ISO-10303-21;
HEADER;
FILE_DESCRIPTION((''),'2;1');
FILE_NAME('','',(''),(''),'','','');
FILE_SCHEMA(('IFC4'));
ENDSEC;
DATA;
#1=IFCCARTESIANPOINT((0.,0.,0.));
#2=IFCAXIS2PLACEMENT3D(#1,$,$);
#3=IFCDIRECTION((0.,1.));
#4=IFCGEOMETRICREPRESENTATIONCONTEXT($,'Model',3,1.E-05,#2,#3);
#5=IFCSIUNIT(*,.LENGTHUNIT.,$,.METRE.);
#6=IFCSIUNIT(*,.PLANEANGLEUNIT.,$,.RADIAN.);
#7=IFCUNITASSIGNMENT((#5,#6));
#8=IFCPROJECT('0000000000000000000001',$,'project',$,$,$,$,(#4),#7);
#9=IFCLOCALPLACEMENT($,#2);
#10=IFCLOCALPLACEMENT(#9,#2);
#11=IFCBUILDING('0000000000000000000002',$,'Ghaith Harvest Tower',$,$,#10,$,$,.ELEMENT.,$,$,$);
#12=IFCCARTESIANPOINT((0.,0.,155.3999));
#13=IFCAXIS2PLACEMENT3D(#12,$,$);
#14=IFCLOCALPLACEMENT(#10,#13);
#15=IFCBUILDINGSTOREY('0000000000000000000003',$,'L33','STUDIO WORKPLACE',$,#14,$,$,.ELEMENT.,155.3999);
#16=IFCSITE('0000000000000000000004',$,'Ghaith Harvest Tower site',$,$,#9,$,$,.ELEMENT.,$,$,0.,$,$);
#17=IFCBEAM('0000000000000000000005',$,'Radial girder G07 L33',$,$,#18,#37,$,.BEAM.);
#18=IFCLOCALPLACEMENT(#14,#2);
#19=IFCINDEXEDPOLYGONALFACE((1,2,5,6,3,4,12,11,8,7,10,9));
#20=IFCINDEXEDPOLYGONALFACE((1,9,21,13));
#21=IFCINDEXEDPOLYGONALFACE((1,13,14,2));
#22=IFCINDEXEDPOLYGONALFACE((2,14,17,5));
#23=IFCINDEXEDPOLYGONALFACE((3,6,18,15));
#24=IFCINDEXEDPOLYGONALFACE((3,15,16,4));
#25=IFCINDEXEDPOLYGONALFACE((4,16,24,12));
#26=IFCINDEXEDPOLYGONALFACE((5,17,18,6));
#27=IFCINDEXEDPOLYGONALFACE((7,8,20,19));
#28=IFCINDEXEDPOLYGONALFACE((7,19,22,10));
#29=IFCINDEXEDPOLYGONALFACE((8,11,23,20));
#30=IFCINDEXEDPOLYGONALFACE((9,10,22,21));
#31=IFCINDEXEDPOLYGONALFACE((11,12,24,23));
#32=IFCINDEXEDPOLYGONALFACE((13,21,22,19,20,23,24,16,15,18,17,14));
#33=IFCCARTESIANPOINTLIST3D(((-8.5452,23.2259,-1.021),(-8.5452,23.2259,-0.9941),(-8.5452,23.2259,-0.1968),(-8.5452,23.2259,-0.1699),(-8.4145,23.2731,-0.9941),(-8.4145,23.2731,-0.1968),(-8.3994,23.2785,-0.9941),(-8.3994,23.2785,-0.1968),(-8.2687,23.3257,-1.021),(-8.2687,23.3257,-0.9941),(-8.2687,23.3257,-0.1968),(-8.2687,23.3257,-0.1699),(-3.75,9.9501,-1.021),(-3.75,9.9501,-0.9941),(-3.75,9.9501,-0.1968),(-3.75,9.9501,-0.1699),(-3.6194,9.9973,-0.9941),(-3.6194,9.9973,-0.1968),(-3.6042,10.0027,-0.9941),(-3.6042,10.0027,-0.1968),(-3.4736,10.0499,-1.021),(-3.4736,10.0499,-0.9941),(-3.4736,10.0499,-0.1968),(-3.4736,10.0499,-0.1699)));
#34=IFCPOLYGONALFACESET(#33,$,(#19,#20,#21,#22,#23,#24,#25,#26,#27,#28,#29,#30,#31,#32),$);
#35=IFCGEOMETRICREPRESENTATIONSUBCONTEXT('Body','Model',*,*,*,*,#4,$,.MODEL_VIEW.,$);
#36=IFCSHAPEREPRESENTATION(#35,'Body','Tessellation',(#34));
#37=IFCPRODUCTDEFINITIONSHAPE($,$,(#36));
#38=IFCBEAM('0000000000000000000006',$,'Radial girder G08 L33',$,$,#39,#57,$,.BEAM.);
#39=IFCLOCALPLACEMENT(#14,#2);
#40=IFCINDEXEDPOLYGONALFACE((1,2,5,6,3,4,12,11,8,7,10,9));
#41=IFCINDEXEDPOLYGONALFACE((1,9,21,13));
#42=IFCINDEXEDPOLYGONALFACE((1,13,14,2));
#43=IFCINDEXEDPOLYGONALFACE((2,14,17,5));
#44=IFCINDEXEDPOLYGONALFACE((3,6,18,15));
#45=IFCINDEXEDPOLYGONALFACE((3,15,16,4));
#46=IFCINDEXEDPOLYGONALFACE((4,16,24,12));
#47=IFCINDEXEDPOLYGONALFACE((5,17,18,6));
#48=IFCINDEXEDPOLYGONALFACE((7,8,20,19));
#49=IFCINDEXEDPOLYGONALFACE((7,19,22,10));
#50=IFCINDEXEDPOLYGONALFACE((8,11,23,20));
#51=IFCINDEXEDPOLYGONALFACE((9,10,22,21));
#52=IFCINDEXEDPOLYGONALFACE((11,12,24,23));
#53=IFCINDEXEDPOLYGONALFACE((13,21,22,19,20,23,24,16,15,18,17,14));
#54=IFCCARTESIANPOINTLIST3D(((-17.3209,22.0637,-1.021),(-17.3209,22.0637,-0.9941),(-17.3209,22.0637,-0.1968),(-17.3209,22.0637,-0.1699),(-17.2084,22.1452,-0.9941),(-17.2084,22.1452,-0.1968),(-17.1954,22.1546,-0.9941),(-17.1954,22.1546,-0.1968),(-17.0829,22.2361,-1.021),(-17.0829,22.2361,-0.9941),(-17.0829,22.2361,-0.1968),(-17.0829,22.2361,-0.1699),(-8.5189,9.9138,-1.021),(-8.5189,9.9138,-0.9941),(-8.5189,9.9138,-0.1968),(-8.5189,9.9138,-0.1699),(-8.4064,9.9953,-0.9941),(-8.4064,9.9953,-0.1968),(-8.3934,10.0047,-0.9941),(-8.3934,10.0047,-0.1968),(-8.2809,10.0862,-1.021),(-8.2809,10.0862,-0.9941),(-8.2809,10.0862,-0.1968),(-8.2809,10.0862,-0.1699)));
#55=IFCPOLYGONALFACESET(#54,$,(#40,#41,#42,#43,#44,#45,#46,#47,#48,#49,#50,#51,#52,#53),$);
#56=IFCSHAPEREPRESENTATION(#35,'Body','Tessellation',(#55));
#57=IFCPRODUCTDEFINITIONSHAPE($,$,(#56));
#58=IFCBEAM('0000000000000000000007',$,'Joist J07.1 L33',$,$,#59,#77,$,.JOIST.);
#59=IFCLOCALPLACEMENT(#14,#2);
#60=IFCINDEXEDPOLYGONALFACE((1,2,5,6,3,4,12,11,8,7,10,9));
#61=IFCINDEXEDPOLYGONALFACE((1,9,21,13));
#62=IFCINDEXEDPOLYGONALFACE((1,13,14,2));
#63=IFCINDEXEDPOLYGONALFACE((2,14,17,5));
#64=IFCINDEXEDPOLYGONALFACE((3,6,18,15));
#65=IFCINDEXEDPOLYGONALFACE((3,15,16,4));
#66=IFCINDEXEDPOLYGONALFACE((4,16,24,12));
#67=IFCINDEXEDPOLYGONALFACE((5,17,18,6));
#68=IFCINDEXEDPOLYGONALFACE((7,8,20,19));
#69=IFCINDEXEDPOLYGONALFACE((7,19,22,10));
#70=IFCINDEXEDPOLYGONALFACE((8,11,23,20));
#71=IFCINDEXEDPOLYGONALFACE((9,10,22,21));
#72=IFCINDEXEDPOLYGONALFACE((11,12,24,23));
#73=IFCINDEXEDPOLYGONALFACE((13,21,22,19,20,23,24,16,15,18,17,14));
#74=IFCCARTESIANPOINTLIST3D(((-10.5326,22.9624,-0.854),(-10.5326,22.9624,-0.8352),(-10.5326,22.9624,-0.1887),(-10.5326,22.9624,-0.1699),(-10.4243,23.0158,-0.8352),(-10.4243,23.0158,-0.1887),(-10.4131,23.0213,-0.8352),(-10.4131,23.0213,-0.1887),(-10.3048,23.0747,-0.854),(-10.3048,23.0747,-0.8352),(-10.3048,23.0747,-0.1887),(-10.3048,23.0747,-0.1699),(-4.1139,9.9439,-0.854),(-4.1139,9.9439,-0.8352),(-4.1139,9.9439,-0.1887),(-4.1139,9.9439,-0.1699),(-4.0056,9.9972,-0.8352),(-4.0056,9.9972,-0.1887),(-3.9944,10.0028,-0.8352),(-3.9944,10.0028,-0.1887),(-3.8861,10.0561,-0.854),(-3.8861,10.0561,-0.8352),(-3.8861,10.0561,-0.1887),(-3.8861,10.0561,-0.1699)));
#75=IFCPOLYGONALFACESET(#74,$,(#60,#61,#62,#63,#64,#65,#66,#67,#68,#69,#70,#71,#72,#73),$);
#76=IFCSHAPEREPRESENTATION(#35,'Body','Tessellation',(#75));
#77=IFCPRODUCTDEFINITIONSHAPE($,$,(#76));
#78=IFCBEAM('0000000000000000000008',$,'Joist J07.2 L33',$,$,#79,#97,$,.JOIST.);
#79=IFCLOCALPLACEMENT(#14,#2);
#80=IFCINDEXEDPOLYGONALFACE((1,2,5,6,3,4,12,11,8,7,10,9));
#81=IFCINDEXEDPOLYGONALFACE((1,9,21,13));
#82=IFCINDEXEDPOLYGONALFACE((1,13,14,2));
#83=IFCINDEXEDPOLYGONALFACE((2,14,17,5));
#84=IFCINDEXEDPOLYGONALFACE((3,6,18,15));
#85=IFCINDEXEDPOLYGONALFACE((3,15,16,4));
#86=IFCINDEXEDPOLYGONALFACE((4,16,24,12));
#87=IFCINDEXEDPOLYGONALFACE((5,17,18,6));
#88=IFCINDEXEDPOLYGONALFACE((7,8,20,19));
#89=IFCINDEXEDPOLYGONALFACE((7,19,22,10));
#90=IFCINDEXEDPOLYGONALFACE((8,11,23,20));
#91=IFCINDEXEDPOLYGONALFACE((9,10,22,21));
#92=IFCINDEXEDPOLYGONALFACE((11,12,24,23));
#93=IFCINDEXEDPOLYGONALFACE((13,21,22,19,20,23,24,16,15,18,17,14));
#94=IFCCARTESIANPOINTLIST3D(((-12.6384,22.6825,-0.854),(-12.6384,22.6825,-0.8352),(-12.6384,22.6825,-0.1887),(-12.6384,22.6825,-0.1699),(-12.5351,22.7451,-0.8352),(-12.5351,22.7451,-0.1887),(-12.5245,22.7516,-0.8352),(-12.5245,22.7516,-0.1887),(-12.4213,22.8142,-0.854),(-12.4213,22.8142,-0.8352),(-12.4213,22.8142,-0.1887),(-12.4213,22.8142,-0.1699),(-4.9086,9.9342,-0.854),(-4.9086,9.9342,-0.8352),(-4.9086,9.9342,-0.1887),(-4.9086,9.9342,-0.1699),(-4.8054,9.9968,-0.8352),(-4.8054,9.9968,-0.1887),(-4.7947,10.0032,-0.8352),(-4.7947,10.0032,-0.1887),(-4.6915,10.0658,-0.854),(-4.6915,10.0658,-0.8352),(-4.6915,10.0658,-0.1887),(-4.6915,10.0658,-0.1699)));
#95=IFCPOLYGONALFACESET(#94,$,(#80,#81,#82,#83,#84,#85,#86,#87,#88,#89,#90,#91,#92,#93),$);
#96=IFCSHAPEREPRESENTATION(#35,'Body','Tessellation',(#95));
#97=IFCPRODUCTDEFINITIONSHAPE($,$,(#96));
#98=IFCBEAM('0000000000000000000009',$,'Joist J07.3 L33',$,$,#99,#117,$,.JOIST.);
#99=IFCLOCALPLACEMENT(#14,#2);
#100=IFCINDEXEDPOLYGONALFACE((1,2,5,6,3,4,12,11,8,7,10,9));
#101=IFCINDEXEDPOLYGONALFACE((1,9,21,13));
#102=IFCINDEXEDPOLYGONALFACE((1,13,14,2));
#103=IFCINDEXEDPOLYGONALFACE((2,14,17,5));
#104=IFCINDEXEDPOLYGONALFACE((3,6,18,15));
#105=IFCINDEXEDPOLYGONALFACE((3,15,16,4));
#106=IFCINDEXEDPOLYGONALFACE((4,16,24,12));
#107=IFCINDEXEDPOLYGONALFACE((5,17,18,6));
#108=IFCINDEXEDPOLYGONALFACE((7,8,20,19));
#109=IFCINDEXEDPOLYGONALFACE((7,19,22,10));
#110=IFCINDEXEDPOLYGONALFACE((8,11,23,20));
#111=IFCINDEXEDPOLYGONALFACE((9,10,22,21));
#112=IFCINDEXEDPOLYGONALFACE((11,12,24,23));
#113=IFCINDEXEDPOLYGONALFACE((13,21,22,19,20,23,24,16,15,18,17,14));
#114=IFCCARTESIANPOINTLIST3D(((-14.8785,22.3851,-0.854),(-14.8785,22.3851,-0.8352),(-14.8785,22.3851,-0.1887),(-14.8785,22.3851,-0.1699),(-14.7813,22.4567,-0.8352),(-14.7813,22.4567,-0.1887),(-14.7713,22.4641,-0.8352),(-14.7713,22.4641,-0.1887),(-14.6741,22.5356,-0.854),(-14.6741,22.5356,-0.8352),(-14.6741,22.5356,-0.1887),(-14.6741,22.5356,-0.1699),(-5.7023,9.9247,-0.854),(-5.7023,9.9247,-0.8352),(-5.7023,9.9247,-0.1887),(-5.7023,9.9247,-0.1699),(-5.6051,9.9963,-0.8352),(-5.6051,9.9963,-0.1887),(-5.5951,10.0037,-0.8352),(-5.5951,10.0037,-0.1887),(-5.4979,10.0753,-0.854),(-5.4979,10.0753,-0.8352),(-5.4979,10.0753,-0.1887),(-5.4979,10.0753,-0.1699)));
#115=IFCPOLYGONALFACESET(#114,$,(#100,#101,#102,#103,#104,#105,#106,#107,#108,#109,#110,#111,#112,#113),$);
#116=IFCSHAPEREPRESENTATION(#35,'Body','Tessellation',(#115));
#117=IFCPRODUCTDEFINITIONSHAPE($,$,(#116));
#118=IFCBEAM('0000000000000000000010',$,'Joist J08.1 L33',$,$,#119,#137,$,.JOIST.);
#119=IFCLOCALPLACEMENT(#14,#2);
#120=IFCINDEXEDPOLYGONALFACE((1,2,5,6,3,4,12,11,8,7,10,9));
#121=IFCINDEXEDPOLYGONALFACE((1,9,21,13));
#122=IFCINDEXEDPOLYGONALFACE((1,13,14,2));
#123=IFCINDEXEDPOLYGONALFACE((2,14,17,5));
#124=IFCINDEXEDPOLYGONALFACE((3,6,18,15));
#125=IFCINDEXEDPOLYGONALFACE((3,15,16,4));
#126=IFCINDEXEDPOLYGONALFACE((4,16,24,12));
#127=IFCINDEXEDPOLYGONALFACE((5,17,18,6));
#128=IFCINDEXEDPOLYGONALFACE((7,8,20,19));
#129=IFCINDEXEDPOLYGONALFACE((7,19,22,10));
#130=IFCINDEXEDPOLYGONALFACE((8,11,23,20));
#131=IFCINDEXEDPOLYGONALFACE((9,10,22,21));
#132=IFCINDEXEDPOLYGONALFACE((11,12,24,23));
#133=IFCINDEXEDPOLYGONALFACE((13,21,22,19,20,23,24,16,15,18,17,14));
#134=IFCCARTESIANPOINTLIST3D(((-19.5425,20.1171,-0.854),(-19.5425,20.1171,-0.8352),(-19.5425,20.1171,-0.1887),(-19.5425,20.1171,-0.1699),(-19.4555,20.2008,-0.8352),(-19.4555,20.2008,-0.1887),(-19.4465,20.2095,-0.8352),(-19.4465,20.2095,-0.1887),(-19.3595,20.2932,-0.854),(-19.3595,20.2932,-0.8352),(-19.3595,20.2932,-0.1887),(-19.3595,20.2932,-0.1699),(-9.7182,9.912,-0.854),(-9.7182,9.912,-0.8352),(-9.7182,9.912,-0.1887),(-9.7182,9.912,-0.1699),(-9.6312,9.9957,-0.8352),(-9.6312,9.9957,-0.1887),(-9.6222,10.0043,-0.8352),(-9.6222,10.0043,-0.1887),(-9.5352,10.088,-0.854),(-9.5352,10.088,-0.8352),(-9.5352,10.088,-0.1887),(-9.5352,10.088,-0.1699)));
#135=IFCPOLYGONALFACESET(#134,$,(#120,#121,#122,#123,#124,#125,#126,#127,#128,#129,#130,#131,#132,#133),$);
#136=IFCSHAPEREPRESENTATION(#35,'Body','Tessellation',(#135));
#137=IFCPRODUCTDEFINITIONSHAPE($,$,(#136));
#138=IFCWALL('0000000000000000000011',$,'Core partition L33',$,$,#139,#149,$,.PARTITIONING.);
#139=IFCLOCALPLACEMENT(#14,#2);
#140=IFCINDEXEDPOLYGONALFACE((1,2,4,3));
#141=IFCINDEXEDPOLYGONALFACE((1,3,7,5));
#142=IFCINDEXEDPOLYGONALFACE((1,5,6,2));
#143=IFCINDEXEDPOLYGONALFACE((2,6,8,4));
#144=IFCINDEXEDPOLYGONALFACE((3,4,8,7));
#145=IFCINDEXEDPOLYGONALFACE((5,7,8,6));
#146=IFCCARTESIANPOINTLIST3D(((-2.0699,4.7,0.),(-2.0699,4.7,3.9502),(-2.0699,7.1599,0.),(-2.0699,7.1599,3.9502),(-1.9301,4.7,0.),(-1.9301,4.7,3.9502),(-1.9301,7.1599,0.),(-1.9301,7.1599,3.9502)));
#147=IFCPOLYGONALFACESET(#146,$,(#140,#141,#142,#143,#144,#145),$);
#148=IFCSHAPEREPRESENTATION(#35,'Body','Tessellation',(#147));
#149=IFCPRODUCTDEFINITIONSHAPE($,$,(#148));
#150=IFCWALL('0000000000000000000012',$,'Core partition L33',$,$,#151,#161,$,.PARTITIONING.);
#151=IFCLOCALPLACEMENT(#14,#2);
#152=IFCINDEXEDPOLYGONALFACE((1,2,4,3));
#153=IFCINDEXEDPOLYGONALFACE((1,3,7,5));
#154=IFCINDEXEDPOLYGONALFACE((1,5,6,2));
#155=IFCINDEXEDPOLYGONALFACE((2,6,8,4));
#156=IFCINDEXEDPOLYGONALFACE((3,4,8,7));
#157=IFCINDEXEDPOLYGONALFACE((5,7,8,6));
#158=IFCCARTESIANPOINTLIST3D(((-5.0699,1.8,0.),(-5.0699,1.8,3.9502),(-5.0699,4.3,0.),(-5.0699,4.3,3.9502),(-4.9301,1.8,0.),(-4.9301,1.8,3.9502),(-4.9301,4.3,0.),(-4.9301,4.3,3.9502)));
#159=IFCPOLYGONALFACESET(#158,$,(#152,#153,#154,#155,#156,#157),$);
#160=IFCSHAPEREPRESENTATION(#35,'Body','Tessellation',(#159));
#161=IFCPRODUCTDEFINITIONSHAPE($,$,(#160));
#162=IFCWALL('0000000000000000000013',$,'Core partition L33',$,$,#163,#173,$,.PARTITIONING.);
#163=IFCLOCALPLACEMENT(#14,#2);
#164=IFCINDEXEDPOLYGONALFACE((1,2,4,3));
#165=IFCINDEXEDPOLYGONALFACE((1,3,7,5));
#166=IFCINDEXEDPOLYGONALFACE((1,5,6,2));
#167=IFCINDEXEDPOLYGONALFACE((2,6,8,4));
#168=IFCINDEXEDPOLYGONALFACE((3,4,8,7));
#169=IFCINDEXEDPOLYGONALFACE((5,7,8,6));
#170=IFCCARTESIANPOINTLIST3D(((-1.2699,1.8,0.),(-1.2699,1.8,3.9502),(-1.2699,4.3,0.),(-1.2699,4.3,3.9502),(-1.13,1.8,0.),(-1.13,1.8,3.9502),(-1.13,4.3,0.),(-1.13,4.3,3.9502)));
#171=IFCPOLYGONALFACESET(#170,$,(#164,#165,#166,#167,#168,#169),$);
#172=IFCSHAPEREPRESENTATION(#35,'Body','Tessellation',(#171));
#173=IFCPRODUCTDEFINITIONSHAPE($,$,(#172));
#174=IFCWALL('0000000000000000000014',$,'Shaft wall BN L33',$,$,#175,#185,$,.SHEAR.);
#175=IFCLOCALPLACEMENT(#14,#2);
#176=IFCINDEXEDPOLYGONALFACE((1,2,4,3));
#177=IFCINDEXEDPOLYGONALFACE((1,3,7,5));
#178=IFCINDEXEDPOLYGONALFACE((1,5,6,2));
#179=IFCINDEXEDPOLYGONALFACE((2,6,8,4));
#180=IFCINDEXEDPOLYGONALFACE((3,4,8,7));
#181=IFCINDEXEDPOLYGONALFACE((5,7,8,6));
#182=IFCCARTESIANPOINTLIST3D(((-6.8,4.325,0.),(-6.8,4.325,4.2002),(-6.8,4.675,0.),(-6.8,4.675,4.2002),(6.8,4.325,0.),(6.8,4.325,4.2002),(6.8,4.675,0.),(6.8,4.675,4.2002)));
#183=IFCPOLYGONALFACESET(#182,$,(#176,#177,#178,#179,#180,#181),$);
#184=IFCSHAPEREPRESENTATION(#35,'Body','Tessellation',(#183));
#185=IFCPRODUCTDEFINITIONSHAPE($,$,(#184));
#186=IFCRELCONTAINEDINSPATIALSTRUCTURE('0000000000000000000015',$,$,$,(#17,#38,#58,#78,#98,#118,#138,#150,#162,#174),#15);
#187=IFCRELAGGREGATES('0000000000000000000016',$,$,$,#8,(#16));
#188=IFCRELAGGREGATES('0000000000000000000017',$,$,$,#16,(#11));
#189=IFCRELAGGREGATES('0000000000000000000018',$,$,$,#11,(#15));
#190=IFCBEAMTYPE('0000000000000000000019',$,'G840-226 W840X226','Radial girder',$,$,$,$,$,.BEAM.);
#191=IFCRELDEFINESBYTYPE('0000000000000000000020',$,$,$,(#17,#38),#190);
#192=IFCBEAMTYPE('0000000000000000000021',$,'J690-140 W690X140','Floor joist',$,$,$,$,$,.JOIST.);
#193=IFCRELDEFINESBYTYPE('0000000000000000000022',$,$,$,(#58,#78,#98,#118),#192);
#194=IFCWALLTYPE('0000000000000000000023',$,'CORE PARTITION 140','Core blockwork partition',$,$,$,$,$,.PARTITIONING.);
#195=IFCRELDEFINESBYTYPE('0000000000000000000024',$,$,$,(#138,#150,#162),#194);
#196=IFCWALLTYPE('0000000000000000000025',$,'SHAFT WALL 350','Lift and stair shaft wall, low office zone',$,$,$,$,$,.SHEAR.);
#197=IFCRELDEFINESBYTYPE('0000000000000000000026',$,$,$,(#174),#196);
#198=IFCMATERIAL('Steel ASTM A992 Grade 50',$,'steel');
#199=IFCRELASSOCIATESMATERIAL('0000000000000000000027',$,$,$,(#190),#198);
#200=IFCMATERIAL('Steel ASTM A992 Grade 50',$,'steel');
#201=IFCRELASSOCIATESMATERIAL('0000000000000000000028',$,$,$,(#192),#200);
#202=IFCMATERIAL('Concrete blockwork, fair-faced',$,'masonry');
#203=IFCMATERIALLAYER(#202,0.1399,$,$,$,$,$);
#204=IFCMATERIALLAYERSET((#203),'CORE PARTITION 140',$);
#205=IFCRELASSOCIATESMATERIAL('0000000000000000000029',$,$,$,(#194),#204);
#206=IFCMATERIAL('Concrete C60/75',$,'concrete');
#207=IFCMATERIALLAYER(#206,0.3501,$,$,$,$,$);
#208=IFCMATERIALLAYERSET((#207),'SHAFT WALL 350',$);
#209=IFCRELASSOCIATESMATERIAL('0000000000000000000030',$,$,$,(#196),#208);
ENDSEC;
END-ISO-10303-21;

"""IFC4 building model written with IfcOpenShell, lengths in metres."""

from ifc_helpers import new_model, si_unit, direction, frame, frame_2d, origin, origin_2d, place, context, subcontext, project, spatial, rectangle, i_section, extrude, material, layer, layer_set, material_profile, profile_set, type_object, element, save


model = new_model("IFC4")

# Units and contexts
model_context = context("Model", 3, precision=1e-05, world=origin(), true_north=direction((0.0, 1.0)))
body_context = subcontext(model_context, "Body", "Model", "MODEL_VIEW")
ifc_project = project(units=[si_unit("LENGTHUNIT", "METRE"), si_unit("PLANEANGLEUNIT", "RADIAN")], contexts=[model_context])

# Site, building, storey
site_placement = place(None, origin())
site = spatial("IfcSite", under=ifc_project, at=site_placement, Name="Ghaith Harvest Tower site", CompositionType="ELEMENT", RefElevation=0.0)
building_placement = place(site_placement, origin())
building = spatial("IfcBuilding", under=site, at=building_placement, Name="Ghaith Harvest Tower", CompositionType="ELEMENT")
storey_placement = place(building_placement, frame((0.0, 0.0, 155.3999)))
storey = spatial("IfcBuildingStorey", under=building, at=storey_placement, Name="L33", Description="STUDIO WORKPLACE", CompositionType="ELEMENT", Elevation=155.3999)

# Beams
ifc_material_1 = material(Name="Steel ASTM A992 Grade 50", Category="steel")
ifc_material_profile_1 = material_profile(ifc_material_1, i_section(OverallWidth=0.2939, OverallDepth=0.8511, WebThickness=0.0161, FlangeThickness=0.0269, at=origin_2d()), Name="W840X226")
ifc_profile_set_1 = profile_set([ifc_material_profile_1], Name="Steel ASTM A992 Grade 50")
beam_type_1 = type_object("IfcBeamType", Name="G840-226 W840X226", Description="Radial girder", PredefinedType="BEAM", material=ifc_profile_set_1)
beam_1_placement = place(storey_placement, frame((-3.6118, 10.0, -0.5955), z_axis=(-0.339713, 0.940529, 0.0), x_axis=(-0.940529, -0.339713, 0.0)))
element("IfcBeam", 1, at=beam_1_placement, inside=storey, type_object=beam_type_1, Name="Radial girder G07 L33", PredefinedType="BEAM", context=body_context, shape_type="SweptSolid", body=[
    extrude(i_section(OverallWidth=0.2939, OverallDepth=0.8511, WebThickness=0.0161, FlangeThickness=0.0269, at=origin_2d()), origin(), (0.0, 0.0, 1.0), 14.1152),
])
beam_2_placement = place(storey_placement, frame((-8.3999, 10.0, -0.5955), z_axis=(-0.586676, 0.809822, 0.0), x_axis=(-0.809822, -0.586676, 0.0)))
element("IfcBeam", 2, at=beam_2_placement, inside=storey, type_object=beam_type_1, Name="Radial girder G08 L33", PredefinedType="BEAM", context=body_context, shape_type="SweptSolid", body=[
    extrude(i_section(OverallWidth=0.2939, OverallDepth=0.8511, WebThickness=0.0161, FlangeThickness=0.0269, at=origin_2d()), origin(), (0.0, 0.0, 1.0), 15.0032),
])
ifc_material_2 = material(Name="Steel ASTM A992 Grade 50", Category="steel")
ifc_material_profile_2 = material_profile(ifc_material_2, i_section(OverallWidth=0.2539, OverallDepth=0.6841, WebThickness=0.0125, FlangeThickness=0.0188, at=origin_2d()), Name="W690X140")
ifc_profile_set_2 = profile_set([ifc_material_profile_2], Name="Steel ASTM A992 Grade 50")
beam_type_2 = type_object("IfcBeamType", Name="J690-140 W690X140", Description="Floor joist", PredefinedType="JOIST", material=ifc_profile_set_2)
beam_3_placement = place(storey_placement, frame((-4.0, 10.0, -0.512), z_axis=(-0.442214, 0.896909, 0.0), x_axis=(-0.896909, -0.442214, 0.0)))
element("IfcBeam", 3, at=beam_3_placement, inside=storey, type_object=beam_type_2, Name="Joist J07.1 L33", PredefinedType="JOIST", context=body_context, shape_type="SweptSolid", body=[
    extrude(i_section(OverallWidth=0.2539, OverallDepth=0.6841, WebThickness=0.0125, FlangeThickness=0.0188, at=origin_2d()), origin(), (0.0, 0.0, 1.0), 14.5149),
])
beam_4_placement = place(storey_placement, frame((-4.8, 10.0, -0.512), z_axis=(-0.518473, 0.855094, 0.0), x_axis=(-0.855094, -0.518473, 0.0)))
element("IfcBeam", 4, at=beam_4_placement, inside=storey, type_object=beam_type_2, Name="Joist J07.2 L33", PredefinedType="JOIST", context=body_context, shape_type="SweptSolid", body=[
    extrude(i_section(OverallWidth=0.2539, OverallDepth=0.6841, WebThickness=0.0125, FlangeThickness=0.0188, at=origin_2d()), origin(), (0.0, 0.0, 1.0), 14.9087),
])
beam_5_placement = place(storey_placement, frame((-5.6001, 10.0, -0.512), z_axis=(-0.592985, 0.805214, 0.0), x_axis=(-0.805214, -0.592985, 0.0)))
element("IfcBeam", 5, at=beam_5_placement, inside=storey, type_object=beam_type_2, Name="Joist J07.3 L33", PredefinedType="JOIST", context=body_context, shape_type="SweptSolid", body=[
    extrude(i_section(OverallWidth=0.2539, OverallDepth=0.6841, WebThickness=0.0125, FlangeThickness=0.0188, at=origin_2d()), origin(), (0.0, 0.0, 1.0), 15.4746),
])
beam_6_placement = place(storey_placement, frame((-9.6267, 10.0, -0.512), z_axis=(-0.693536, 0.720422, 0.0), x_axis=(-0.720422, -0.693536, 0.0)))
element("IfcBeam", 6, at=beam_6_placement, inside=storey, type_object=beam_type_2, Name="Joist J08.1 L33", PredefinedType="JOIST", context=body_context, shape_type="SweptSolid", body=[
    extrude(i_section(OverallWidth=0.2539, OverallDepth=0.6841, WebThickness=0.0125, FlangeThickness=0.0188, at=origin_2d()), origin(), (0.0, 0.0, 1.0), 14.1655),
])

# Shared definitions
ifc_material_3 = material(Name="Concrete blockwork, fair-faced", Category="masonry")
ifc_layer_1 = layer(ifc_material_3, 0.1399)
ifc_layer_set_1 = layer_set([ifc_layer_1], Name="CORE PARTITION 140")
wall_type_1 = type_object("IfcWallType", Name="CORE PARTITION 140", Description="Core blockwork partition", PredefinedType="PARTITIONING", material=ifc_layer_set_1)

# Walls
wall_1_placement = place(storey_placement, frame((-2.0, 4.7, 0.0), z_axis=(0.0, 0.0, 1.0), x_axis=(0.0, 1.0, 0.0)))
element("IfcWall", 7, at=wall_1_placement, inside=storey, type_object=wall_type_1, Name="Core partition L33", PredefinedType="PARTITIONING", context=body_context, shape_type="SweptSolid", body=[
    extrude(rectangle(XDim=2.46, YDim=0.1399, at=frame_2d((1.23, 0.0))), origin(), (0.0, 0.0, 1.0), 3.9502),
])
for number, where, z_axis, x_axis, name in (
    (8, (-5.0, 1.8, 0.0), (0.0, 0.0, 1.0), (0.0, 1.0, 0.0), "Core partition L33"),
    (9, (-1.2, 1.8, 0.0), (0.0, 0.0, 1.0), (0.0, 1.0, 0.0), "Core partition L33"),
):
    element("IfcWall", number, at=place(storey_placement, frame(where, z_axis=z_axis, x_axis=x_axis)), inside=storey, type_object=wall_type_1, Name=name, PredefinedType="PARTITIONING", context=body_context, shape_type="SweptSolid", body=[
        extrude(rectangle(XDim=2.5, YDim=0.1399, at=frame_2d((1.25, 0.0))), origin(), (0.0, 0.0, 1.0), 3.9502),
    ])

# Shared definitions
ifc_material_4 = material(Name="Concrete C60/75", Category="concrete")
ifc_layer_2 = layer(ifc_material_4, 0.3501)
ifc_layer_set_2 = layer_set([ifc_layer_2], Name="SHAFT WALL 350")
wall_type_2 = type_object("IfcWallType", Name="SHAFT WALL 350", Description="Lift and stair shaft wall, low office zone", PredefinedType="SHEAR", material=ifc_layer_set_2)

# Wall
wall_2_placement = place(storey_placement, frame((-6.8, 4.5, 0.0), z_axis=(0.0, 0.0, 1.0), x_axis=(1.0, 0.0, 0.0)))
element("IfcWall", 10, at=wall_2_placement, inside=storey, type_object=wall_type_2, Name="Shaft wall BN L33", PredefinedType="SHEAR", context=body_context, shape_type="SweptSolid", body=[
    extrude(rectangle(XDim=13.6001, YDim=0.3501, at=frame_2d((6.8, 0.0))), origin(), (0.0, 0.0, 1.0), 4.2002),
])

save(model, "model.ifc")
